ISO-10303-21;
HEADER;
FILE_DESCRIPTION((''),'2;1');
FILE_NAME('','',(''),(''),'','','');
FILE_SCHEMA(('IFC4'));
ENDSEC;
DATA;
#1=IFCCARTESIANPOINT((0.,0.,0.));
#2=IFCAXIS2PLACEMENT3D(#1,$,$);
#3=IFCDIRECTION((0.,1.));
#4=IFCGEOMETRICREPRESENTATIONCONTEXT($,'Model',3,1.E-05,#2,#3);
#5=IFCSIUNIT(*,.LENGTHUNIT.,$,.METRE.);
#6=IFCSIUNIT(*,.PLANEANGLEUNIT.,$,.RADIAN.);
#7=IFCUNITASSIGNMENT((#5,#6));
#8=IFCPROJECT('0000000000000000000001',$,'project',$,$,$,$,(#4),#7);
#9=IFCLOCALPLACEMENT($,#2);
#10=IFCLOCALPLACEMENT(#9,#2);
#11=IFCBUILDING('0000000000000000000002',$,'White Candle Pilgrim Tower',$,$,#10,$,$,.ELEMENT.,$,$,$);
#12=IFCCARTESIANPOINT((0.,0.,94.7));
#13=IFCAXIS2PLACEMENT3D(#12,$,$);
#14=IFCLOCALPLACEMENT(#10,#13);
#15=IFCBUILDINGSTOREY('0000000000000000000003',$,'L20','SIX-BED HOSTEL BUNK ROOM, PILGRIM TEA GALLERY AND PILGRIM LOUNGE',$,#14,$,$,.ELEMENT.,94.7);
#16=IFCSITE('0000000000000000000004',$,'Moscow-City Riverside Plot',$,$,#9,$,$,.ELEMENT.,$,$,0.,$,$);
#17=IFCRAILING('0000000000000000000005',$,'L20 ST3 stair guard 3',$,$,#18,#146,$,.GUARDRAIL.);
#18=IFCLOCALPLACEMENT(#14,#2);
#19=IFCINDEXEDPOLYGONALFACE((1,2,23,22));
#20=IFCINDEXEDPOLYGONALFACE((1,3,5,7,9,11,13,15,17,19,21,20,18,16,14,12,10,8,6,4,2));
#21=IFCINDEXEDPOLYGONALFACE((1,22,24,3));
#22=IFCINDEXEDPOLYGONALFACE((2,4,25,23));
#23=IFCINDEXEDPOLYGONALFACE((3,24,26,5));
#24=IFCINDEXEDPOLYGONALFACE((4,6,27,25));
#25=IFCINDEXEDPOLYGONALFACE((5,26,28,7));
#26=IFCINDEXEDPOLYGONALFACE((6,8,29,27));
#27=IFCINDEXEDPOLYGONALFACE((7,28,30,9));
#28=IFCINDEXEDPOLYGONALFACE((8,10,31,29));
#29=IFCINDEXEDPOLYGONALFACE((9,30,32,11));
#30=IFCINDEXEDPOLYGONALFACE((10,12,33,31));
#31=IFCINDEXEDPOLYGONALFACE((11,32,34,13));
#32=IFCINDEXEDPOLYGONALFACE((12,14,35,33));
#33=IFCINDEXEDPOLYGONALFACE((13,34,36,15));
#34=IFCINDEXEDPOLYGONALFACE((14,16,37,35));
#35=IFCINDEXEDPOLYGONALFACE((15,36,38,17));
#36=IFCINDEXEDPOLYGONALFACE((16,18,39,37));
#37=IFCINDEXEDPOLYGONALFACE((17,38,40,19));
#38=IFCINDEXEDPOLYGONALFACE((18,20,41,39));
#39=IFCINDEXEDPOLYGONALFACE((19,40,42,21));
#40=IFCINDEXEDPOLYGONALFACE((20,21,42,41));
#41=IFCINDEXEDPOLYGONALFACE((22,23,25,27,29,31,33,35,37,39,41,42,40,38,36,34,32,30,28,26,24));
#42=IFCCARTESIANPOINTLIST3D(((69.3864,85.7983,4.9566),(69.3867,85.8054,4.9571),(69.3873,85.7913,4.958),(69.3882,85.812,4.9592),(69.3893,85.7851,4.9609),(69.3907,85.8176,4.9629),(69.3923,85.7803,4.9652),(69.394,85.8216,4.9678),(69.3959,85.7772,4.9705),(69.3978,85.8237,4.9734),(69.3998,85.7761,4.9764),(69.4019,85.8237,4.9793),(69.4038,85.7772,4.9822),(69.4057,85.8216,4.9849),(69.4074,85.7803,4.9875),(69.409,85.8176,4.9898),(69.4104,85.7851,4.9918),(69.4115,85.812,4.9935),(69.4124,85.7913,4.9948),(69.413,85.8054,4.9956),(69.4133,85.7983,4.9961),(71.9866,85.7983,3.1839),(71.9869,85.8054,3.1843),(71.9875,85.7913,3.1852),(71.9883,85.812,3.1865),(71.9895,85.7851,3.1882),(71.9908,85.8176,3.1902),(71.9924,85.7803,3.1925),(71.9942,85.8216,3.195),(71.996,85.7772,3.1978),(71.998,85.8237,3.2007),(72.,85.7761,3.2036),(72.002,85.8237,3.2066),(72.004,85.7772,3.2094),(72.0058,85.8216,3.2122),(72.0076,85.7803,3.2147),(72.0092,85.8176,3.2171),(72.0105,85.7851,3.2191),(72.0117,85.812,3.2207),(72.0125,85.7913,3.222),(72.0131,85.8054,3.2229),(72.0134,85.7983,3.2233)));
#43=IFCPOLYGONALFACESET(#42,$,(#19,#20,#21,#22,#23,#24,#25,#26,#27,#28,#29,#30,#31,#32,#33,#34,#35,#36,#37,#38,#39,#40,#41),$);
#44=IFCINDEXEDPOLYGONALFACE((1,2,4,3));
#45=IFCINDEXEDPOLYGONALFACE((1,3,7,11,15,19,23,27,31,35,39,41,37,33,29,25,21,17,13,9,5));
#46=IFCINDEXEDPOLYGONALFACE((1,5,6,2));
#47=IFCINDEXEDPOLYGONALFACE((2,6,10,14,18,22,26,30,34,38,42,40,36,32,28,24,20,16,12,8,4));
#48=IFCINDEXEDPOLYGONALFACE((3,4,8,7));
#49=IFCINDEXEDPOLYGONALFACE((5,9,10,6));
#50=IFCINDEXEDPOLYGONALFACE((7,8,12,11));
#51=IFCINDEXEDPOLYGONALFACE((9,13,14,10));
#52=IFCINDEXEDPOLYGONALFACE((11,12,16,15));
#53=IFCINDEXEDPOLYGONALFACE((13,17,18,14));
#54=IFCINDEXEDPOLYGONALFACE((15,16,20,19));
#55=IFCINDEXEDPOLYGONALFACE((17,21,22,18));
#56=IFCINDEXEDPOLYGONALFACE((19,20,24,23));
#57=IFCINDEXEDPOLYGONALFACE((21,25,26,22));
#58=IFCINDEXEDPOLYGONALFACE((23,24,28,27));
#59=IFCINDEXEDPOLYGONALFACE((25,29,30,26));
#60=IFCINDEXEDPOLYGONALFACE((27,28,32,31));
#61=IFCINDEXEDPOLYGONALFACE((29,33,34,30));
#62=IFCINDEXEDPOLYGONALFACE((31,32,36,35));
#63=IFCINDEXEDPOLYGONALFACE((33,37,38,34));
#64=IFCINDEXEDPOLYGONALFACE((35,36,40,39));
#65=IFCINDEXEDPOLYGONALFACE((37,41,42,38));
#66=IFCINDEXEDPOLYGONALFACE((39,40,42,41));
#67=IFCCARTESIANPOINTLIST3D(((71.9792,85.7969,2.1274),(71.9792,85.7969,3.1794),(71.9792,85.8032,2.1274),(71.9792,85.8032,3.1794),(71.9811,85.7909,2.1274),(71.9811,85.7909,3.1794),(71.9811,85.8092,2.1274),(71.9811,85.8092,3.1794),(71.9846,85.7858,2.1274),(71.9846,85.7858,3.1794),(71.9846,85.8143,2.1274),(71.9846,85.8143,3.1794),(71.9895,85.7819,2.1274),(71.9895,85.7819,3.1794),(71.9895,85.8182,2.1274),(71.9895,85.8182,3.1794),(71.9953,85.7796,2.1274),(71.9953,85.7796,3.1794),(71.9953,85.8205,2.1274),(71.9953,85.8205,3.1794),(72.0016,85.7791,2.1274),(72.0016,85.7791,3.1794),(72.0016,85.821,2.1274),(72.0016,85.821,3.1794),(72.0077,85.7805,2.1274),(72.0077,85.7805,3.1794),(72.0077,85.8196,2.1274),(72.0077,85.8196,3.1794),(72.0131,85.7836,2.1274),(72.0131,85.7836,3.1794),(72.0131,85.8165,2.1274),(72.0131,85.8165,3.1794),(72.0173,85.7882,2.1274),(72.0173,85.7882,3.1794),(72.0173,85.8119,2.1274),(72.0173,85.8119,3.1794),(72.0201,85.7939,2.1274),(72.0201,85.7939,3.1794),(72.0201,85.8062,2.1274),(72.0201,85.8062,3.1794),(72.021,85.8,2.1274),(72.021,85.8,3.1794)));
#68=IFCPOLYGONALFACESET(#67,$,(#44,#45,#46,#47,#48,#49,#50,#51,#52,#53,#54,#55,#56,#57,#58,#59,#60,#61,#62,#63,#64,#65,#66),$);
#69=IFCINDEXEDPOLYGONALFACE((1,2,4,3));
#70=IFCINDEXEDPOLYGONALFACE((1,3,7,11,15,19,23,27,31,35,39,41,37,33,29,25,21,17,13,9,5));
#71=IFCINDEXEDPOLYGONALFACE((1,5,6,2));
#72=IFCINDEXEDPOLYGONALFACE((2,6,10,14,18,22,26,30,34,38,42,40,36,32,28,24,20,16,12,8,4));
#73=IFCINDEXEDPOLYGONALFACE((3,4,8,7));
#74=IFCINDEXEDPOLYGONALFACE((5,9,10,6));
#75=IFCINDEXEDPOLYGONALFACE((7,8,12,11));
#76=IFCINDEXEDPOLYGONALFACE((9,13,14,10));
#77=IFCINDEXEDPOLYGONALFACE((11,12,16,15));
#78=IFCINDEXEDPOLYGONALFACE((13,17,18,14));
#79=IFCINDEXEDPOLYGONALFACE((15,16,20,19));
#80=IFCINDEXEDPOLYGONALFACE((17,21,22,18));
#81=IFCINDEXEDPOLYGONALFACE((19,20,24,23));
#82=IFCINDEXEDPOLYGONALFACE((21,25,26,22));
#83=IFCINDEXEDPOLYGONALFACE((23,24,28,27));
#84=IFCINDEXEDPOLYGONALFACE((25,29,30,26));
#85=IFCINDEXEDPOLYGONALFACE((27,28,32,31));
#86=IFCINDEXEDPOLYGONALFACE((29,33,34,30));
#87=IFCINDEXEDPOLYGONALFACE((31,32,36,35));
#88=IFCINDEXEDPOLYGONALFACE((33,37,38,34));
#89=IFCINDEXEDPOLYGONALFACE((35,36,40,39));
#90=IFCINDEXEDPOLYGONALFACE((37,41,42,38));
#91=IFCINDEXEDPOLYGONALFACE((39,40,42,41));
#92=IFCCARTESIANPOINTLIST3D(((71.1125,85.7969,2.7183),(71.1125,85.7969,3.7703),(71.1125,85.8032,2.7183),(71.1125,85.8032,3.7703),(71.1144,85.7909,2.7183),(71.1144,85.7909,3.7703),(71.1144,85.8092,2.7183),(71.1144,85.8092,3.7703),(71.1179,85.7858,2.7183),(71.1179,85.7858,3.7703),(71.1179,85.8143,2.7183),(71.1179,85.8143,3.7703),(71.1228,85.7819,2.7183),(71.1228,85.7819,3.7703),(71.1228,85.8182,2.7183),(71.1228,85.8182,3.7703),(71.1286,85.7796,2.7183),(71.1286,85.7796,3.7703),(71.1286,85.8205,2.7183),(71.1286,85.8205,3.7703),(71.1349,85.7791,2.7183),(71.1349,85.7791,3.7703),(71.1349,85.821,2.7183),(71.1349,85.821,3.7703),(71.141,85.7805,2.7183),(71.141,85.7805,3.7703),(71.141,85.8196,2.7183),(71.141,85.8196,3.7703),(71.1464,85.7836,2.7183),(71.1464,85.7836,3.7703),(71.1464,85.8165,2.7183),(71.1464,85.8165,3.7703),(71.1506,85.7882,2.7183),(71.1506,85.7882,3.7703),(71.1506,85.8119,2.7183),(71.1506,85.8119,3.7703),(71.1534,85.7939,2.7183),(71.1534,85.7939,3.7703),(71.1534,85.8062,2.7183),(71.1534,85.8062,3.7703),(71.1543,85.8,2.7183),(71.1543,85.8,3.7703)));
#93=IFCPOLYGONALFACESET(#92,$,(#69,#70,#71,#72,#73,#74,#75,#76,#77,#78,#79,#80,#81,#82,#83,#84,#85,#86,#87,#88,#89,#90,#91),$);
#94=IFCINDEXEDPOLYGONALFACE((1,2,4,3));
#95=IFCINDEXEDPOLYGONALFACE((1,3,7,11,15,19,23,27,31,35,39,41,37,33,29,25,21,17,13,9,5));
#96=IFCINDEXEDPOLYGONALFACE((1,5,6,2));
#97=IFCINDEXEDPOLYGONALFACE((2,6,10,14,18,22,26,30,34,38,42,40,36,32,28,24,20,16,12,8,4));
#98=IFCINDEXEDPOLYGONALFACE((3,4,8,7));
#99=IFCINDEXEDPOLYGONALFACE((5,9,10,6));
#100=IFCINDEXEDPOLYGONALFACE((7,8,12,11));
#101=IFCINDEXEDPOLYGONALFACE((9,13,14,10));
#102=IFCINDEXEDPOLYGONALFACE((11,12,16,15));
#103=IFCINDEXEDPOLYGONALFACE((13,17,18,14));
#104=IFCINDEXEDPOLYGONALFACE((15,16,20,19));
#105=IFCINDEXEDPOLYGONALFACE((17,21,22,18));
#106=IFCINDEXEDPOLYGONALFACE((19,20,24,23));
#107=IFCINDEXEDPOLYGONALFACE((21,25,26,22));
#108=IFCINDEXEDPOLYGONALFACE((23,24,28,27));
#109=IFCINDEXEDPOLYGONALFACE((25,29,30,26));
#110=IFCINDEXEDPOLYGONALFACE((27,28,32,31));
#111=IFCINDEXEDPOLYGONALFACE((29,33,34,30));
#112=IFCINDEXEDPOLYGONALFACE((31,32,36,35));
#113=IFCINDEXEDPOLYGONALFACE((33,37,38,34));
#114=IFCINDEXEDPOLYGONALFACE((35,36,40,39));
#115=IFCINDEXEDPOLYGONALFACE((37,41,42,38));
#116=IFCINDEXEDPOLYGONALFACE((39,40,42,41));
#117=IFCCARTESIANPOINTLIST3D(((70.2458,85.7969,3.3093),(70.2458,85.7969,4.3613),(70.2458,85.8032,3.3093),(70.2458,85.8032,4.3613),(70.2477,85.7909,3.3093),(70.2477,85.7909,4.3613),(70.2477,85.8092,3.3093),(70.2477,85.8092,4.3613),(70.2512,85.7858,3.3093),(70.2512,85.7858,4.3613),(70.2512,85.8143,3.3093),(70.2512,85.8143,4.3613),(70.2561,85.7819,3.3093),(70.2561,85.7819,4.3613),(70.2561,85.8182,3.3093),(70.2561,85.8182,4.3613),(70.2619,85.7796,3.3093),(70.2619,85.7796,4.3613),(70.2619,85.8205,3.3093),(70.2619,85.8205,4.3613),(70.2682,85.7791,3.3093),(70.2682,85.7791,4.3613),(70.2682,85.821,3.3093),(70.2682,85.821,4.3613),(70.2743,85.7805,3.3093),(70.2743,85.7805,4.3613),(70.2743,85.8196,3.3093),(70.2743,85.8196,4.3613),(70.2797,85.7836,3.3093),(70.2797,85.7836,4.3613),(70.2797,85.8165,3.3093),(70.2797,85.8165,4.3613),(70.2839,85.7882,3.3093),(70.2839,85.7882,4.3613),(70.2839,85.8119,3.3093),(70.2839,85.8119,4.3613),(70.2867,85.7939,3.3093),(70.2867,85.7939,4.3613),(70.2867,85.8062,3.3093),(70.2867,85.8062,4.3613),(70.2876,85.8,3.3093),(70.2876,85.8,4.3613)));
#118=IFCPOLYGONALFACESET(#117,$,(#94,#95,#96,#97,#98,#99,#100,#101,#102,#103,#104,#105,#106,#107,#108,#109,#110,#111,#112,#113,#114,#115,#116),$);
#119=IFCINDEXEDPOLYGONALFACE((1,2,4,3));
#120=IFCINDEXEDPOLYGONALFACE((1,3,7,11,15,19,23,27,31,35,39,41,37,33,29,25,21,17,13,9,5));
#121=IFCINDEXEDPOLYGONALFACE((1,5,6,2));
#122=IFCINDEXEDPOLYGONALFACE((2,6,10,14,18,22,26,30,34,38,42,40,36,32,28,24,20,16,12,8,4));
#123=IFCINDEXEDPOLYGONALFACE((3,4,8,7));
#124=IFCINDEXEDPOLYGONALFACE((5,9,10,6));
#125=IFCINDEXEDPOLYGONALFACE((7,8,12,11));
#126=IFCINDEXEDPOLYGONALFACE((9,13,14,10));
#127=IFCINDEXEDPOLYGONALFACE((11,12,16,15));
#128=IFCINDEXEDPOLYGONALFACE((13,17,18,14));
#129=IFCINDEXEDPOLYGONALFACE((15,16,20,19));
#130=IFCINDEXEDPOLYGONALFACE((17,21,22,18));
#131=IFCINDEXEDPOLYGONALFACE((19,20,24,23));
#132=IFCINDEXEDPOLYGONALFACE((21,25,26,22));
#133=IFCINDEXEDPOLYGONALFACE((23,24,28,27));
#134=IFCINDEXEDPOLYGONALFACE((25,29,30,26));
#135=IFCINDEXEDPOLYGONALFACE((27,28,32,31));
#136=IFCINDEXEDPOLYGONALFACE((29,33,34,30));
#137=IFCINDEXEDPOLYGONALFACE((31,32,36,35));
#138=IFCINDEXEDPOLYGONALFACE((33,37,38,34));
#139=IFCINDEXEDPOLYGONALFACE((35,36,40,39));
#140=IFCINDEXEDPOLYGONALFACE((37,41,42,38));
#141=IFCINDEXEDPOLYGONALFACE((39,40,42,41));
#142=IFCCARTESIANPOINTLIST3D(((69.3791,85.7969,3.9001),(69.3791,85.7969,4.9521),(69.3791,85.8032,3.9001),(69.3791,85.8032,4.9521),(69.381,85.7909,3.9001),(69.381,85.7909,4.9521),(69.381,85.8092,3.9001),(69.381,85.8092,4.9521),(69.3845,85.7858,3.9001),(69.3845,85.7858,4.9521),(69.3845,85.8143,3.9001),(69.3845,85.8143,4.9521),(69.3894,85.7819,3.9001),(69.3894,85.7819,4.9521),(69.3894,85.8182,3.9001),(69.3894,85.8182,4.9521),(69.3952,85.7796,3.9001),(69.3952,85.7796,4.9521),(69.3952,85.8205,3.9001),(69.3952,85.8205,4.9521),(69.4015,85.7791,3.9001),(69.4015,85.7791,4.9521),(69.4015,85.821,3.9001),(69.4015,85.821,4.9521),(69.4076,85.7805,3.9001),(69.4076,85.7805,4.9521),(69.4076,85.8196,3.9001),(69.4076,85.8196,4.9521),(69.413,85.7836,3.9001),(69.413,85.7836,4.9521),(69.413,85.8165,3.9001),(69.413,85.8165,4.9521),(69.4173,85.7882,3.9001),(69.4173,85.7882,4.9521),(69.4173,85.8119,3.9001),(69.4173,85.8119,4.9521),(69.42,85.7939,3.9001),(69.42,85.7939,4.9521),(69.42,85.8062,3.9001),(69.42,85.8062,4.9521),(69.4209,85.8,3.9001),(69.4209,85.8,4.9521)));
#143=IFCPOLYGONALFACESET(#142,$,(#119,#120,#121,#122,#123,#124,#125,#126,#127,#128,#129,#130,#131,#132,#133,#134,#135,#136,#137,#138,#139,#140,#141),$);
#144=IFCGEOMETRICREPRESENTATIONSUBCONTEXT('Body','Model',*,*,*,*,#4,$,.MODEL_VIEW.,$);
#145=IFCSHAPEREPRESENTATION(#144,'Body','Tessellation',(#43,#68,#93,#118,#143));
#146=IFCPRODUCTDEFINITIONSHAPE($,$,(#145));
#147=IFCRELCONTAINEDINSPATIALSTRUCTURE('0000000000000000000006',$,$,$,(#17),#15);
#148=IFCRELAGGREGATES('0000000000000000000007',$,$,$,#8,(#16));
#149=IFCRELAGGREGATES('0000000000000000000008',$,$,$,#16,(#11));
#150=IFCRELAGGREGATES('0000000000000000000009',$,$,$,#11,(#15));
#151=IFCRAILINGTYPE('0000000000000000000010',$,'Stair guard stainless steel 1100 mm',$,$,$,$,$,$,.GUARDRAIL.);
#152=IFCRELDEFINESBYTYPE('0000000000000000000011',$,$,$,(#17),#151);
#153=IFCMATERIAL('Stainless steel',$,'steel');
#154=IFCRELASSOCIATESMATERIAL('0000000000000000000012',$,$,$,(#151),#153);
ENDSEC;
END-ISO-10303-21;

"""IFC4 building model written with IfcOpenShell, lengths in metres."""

from ifc_helpers import new_model, si_unit, direction, frame, origin, origin_2d, place, context, subcontext, project, spatial, circle, extrude, material, type_object, element, save


model = new_model("IFC4")

# Units and contexts
model_context = context("Model", 3, precision=1e-05, world=origin(), true_north=direction((0.0, 1.0)))
body_context = subcontext(model_context, "Body", "Model", "MODEL_VIEW")
ifc_project = project(units=[si_unit("LENGTHUNIT", "METRE"), si_unit("PLANEANGLEUNIT", "RADIAN")], contexts=[model_context])

# Site, building, storey
site_placement = place(None, origin())
site = spatial("IfcSite", under=ifc_project, at=site_placement, Name="Moscow-City Riverside Plot", CompositionType="ELEMENT", RefElevation=0.0)
building_placement = place(site_placement, origin())
building = spatial("IfcBuilding", under=site, at=building_placement, Name="White Candle Pilgrim Tower", CompositionType="ELEMENT")
storey_placement = place(building_placement, frame((0.0, 0.0, 94.7)))
storey = spatial("IfcBuildingStorey", under=building, at=storey_placement, Name="L20", Description="SIX-BED HOSTEL BUNK ROOM, PILGRIM TEA GALLERY AND PILGRIM LOUNGE", CompositionType="ELEMENT", Elevation=94.7)

# Railing
ifc_material_1 = material(Name="Stainless steel", Category="steel")
railing_type_1 = type_object("IfcRailingType", Name="Stair guard stainless steel 1100 mm", PredefinedType="GUARDRAIL", material=ifc_material_1)
railing_1_placement = place(storey_placement, frame((72.0, 85.8, 2.1274)))
element("IfcRailing", 1, at=railing_1_placement, inside=storey, type_object=railing_type_1, Name="L20 ST3 stair guard 3", PredefinedType="GUARDRAIL", context=body_context, shape_type="SweptSolid", body=[
    extrude(circle(Radius=0.0239, at=origin_2d()), frame((0.0, 0.0, 1.0762), z_axis=(-0.82624, 0.0, 0.563318), x_axis=(0.0, -1.0, 0.0)), (0.0, 0.0, 1.0), 3.147),
    extrude(circle(Radius=0.021, at=origin_2d()), origin(), (0.0, 0.0, 1.0), 1.052),
    extrude(circle(Radius=0.021, at=origin_2d()), frame((-0.8667, 0.0, 0.5908)), (0.0, 0.0, 1.0), 1.052),
    extrude(circle(Radius=0.021, at=origin_2d()), frame((-1.7334, 0.0, 1.1819)), (0.0, 0.0, 1.0), 1.052),
    extrude(circle(Radius=0.021, at=origin_2d()), frame((-2.6001, 0.0, 1.7727)), (0.0, 0.0, 1.0), 1.052),
])

save(model, "model.ifc")
